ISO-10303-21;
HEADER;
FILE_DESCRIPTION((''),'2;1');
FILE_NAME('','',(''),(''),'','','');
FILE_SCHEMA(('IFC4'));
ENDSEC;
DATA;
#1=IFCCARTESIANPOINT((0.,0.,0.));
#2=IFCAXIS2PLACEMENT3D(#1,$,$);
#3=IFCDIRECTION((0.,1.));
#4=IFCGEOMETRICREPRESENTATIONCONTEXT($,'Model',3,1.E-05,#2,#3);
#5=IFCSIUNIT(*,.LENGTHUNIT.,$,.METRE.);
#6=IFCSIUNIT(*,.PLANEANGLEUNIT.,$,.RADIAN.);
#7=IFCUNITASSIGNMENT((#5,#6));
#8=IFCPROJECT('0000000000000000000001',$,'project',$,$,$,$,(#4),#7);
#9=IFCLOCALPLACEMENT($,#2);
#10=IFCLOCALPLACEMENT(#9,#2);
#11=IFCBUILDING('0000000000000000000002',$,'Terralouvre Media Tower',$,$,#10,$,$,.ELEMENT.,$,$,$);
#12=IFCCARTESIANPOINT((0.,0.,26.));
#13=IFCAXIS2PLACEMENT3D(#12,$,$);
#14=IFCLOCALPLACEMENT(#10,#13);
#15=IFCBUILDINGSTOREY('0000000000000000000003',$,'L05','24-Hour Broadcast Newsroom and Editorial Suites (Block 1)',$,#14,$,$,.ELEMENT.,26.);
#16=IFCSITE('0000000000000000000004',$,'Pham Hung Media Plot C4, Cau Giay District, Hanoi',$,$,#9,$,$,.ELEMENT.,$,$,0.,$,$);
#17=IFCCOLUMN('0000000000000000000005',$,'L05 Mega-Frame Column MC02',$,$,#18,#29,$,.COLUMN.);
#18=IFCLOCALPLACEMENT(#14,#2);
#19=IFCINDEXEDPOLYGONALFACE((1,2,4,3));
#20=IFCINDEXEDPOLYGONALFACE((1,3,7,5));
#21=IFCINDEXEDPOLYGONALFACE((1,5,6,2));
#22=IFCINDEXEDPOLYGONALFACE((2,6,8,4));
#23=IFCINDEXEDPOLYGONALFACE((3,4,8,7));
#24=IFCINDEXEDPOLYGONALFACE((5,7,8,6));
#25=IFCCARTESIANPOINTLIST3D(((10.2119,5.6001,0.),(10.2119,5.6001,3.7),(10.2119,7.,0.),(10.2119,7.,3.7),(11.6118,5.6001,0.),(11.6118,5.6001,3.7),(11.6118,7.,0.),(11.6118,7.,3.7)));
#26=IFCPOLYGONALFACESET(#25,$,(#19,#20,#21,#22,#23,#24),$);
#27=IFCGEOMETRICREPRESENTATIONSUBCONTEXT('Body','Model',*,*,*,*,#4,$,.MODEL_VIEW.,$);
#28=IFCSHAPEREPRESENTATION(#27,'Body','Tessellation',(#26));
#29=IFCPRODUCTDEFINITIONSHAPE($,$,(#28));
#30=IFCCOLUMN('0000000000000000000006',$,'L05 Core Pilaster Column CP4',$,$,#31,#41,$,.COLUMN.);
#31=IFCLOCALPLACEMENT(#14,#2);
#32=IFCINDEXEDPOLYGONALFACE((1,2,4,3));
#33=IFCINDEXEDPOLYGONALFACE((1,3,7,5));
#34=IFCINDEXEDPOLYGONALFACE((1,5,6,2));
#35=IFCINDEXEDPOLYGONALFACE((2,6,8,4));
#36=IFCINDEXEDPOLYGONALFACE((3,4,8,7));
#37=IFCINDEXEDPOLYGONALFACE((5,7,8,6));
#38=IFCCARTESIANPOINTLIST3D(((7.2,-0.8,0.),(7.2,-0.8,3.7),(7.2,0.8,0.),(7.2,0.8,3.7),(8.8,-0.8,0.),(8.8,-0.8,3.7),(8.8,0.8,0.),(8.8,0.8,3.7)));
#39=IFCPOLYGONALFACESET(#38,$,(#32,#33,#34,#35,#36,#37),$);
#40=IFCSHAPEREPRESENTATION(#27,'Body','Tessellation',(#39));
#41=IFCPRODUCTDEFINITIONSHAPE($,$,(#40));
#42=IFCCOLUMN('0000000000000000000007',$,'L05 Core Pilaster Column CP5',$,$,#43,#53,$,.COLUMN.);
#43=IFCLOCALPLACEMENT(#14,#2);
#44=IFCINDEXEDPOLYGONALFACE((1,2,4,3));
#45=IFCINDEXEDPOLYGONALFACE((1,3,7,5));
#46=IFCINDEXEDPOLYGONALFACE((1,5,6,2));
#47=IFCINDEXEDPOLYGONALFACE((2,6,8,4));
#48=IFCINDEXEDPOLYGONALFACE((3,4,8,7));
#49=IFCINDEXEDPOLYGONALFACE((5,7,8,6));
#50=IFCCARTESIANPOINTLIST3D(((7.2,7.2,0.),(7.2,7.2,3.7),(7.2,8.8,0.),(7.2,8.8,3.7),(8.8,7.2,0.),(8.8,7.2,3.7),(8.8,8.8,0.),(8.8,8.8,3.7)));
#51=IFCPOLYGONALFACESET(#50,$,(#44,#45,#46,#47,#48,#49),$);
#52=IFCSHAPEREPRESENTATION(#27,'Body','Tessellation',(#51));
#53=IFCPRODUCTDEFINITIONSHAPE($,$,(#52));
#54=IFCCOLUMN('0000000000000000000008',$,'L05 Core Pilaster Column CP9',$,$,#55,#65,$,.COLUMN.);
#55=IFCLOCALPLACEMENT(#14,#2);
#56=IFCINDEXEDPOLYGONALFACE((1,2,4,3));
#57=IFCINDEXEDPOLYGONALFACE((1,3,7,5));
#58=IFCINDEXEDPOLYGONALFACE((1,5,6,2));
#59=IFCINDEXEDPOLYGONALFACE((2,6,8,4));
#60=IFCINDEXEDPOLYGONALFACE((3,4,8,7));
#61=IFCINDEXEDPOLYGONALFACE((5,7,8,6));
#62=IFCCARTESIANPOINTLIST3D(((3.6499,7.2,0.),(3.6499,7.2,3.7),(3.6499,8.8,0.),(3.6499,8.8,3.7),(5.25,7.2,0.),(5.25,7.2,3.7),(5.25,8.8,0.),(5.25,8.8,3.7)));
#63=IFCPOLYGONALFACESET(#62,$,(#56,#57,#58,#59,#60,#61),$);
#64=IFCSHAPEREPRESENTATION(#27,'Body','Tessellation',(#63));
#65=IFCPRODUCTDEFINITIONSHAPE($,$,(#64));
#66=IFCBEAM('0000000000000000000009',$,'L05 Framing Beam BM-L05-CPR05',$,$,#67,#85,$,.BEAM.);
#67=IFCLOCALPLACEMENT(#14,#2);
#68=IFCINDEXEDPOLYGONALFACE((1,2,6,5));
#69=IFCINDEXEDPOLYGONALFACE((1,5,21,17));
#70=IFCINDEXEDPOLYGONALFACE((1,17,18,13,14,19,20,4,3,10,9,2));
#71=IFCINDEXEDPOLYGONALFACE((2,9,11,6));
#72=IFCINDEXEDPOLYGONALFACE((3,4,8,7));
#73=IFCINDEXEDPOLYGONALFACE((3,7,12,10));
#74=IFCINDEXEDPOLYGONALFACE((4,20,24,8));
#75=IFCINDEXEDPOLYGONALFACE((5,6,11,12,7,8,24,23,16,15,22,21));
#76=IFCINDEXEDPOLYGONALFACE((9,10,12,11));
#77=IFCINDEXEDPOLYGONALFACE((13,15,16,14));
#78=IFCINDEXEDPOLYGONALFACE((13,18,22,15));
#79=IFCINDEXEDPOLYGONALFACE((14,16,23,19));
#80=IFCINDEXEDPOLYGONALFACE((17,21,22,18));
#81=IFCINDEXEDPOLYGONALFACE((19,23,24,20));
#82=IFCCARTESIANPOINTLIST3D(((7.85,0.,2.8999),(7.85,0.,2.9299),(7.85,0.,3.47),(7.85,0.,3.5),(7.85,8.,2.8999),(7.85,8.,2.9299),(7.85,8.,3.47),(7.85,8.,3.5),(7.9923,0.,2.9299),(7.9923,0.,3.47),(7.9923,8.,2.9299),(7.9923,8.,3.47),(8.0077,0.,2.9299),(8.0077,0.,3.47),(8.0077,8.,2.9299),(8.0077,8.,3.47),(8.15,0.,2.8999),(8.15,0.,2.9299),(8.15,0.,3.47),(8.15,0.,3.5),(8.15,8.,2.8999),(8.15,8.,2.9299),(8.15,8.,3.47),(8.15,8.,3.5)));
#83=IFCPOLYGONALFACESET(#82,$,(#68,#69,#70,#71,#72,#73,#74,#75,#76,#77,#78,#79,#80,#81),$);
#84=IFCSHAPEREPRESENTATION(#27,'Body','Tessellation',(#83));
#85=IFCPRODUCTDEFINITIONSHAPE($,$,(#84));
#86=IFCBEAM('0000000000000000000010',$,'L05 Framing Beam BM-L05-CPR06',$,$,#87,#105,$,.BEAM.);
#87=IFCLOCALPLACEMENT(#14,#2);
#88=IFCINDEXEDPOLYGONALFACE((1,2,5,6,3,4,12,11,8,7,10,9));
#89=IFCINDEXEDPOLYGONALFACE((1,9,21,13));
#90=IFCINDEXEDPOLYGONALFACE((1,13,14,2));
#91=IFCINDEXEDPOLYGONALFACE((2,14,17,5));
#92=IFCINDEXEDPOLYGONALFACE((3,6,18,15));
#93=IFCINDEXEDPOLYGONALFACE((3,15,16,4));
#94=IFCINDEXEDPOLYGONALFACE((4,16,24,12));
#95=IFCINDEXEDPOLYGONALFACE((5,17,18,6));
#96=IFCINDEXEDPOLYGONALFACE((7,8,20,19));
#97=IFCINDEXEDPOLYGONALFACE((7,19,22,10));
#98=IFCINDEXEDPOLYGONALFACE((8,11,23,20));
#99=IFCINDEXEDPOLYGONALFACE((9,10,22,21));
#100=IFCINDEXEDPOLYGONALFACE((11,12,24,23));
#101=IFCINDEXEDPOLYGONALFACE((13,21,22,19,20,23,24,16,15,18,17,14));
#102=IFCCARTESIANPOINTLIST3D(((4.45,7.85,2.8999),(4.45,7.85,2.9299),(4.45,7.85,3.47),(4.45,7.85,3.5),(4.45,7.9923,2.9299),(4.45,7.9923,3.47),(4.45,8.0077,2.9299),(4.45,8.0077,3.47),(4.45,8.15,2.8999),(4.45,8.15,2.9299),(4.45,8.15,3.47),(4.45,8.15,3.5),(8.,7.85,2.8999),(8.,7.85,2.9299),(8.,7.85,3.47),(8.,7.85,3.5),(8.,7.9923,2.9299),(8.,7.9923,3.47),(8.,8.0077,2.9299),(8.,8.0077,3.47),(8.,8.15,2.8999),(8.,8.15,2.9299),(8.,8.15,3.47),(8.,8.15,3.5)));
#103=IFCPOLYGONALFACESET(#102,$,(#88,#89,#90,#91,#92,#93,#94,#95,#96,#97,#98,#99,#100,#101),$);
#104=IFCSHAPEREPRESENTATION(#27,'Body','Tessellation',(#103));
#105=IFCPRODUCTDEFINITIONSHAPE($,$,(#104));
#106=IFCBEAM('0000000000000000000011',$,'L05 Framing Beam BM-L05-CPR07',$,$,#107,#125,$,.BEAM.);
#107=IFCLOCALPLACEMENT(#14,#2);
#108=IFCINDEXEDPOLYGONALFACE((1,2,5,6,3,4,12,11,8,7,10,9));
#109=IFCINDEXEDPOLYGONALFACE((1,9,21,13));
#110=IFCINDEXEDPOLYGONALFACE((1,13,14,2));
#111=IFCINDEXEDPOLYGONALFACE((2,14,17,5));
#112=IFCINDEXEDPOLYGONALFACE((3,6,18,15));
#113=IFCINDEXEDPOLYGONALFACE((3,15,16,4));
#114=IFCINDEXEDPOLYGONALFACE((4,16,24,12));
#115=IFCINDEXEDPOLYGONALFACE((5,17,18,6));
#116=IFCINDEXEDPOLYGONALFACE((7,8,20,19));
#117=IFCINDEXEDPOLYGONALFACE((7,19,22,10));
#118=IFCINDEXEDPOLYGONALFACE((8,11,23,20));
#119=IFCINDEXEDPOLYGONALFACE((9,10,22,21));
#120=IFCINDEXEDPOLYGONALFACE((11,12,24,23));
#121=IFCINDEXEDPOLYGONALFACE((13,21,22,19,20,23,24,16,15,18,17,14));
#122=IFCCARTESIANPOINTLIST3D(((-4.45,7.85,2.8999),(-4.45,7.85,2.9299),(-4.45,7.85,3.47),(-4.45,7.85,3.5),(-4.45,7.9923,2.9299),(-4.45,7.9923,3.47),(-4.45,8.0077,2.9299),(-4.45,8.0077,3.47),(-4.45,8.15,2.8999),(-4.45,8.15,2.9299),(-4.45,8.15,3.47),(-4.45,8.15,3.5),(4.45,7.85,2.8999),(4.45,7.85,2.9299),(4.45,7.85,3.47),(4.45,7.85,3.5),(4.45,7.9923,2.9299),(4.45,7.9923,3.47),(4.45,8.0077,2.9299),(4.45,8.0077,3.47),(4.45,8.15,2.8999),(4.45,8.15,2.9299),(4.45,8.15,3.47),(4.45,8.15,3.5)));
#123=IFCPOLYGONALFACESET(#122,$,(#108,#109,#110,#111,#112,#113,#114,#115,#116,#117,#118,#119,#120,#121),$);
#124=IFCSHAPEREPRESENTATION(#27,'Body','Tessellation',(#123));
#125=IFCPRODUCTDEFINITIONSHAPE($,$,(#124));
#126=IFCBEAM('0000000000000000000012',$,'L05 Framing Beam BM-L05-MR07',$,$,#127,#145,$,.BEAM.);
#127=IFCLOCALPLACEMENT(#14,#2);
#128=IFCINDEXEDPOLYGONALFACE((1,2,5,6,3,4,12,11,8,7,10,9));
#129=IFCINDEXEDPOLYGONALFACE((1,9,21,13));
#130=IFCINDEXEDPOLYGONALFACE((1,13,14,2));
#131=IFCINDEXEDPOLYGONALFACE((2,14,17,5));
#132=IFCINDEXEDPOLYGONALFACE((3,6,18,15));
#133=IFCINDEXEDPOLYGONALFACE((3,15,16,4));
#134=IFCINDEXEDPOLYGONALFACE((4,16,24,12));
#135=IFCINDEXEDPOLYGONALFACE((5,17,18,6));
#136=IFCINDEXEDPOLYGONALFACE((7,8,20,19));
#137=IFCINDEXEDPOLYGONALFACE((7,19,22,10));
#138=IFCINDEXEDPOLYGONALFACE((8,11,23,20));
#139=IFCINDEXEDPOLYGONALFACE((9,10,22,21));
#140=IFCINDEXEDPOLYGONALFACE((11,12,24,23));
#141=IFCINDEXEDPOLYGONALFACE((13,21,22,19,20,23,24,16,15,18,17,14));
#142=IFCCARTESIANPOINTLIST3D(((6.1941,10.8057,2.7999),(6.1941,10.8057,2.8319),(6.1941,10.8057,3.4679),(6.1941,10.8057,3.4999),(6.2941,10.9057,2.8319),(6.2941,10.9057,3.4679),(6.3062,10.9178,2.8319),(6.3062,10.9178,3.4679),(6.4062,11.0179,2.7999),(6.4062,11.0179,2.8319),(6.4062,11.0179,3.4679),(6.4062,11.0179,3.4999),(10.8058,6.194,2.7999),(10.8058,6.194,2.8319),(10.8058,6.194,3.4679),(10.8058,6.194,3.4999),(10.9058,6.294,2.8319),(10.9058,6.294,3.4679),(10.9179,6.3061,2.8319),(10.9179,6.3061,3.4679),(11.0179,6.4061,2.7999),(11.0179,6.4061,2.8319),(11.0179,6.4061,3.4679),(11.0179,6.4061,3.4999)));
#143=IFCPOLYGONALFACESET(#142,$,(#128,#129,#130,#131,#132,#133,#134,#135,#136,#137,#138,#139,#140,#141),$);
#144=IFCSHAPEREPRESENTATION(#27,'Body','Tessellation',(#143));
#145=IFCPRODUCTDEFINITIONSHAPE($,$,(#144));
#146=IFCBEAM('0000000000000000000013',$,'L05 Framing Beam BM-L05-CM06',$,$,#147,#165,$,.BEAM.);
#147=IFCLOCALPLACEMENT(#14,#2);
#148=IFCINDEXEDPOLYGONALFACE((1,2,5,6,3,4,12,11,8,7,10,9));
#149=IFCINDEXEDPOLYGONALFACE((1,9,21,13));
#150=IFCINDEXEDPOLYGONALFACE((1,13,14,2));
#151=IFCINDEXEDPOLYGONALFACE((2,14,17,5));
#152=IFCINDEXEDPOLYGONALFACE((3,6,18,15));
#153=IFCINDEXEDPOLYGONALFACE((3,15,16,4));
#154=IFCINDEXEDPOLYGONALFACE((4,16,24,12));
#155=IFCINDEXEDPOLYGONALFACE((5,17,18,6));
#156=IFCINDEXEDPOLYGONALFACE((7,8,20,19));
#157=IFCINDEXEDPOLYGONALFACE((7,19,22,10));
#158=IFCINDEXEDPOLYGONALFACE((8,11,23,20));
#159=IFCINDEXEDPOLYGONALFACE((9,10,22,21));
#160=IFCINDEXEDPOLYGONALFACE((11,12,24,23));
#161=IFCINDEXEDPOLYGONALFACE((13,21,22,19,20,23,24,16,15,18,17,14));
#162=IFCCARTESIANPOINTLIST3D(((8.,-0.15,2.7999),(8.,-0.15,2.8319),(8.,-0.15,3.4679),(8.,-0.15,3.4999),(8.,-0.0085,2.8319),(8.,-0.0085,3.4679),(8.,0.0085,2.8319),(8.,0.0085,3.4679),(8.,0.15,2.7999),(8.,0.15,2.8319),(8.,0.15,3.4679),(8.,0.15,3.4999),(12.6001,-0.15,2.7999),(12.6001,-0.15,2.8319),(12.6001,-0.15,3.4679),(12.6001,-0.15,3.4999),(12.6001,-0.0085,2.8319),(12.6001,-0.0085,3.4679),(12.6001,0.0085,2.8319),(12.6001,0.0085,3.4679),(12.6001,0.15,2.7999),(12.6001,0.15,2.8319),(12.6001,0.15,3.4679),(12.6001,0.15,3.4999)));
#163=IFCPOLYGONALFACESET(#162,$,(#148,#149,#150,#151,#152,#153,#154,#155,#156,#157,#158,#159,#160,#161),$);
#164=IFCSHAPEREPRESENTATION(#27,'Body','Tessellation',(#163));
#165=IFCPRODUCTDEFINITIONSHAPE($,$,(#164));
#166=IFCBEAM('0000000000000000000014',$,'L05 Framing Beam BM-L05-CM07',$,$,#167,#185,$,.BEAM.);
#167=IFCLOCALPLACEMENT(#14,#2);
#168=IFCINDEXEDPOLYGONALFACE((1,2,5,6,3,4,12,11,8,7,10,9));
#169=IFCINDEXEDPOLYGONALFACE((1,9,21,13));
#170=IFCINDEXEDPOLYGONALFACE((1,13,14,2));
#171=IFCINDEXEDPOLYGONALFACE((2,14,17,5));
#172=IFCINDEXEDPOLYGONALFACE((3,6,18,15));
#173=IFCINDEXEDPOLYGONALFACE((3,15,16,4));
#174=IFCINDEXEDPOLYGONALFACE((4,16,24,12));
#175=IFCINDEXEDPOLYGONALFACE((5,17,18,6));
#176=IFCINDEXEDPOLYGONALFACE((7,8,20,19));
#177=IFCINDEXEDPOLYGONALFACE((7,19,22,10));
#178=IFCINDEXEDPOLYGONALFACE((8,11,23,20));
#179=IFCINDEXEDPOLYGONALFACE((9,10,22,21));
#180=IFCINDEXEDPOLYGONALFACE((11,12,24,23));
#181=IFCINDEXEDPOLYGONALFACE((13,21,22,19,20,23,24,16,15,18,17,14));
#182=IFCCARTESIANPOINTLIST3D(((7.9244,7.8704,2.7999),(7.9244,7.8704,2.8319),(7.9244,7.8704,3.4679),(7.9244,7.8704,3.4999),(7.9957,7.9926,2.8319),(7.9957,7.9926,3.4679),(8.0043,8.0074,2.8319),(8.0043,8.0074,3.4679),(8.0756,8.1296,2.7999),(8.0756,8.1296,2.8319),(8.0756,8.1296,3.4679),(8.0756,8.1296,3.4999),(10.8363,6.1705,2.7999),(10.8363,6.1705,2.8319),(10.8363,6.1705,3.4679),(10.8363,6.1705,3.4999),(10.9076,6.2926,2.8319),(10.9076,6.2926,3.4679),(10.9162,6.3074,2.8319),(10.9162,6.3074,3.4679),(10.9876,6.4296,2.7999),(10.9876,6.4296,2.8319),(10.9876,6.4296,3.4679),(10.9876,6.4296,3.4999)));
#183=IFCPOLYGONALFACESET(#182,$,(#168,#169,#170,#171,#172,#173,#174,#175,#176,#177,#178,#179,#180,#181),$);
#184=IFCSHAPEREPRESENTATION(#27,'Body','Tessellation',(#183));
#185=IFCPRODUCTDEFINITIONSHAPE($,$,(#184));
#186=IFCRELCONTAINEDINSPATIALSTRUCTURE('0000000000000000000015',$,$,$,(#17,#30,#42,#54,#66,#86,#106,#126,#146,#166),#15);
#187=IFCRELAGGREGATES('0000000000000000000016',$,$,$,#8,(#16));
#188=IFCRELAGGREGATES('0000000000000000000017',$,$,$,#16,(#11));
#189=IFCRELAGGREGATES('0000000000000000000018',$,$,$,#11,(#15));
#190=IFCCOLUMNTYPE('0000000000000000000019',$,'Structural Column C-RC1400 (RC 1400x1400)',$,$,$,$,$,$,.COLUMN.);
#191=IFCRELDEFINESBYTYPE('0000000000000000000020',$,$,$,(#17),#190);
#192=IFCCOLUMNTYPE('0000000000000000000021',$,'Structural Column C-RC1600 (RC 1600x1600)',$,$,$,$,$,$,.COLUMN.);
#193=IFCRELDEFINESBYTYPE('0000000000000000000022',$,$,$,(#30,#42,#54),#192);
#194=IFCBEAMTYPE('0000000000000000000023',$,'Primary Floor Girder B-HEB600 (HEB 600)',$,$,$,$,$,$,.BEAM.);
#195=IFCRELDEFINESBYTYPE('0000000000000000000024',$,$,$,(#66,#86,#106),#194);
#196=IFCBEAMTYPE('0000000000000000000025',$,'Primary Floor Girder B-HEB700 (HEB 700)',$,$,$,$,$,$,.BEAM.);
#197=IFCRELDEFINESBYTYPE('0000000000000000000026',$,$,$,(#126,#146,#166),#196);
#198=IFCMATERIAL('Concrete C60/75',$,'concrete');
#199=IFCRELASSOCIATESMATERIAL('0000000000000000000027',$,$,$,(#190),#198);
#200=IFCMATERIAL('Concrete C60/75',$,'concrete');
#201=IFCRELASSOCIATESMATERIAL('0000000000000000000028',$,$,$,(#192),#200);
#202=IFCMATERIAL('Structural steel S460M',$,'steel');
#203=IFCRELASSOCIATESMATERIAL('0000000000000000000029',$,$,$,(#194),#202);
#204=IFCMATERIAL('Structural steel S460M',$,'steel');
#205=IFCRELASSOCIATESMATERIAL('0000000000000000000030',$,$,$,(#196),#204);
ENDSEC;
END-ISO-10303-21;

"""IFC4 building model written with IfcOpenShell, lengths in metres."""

from ifc_helpers import new_model, si_unit, direction, frame, origin, origin_2d, place, context, subcontext, project, spatial, rectangle, i_section, extrude, material, material_profile, profile_set, type_object, element, save


model = new_model("IFC4")

# Units and contexts
model_context = context("Model", 3, precision=1e-05, world=origin(), true_north=direction((0.0, 1.0)))
body_context = subcontext(model_context, "Body", "Model", "MODEL_VIEW")
ifc_project = project(units=[si_unit("LENGTHUNIT", "METRE"), si_unit("PLANEANGLEUNIT", "RADIAN")], contexts=[model_context])

# Site, building, storey
site_placement = place(None, origin())
site = spatial("IfcSite", under=ifc_project, at=site_placement, Name="Pham Hung Media Plot C4, Cau Giay District, Hanoi", CompositionType="ELEMENT", RefElevation=0.0)
building_placement = place(site_placement, origin())
building = spatial("IfcBuilding", under=site, at=building_placement, Name="Terralouvre Media Tower", CompositionType="ELEMENT")
storey_placement = place(building_placement, frame((0.0, 0.0, 26.0)))
storey = spatial("IfcBuildingStorey", under=building, at=storey_placement, Name="L05", Description="24-Hour Broadcast Newsroom and Editorial Suites (Block 1)", CompositionType="ELEMENT", Elevation=26.0)

# Columns
ifc_material_1 = material(Name="Concrete C60/75", Category="concrete")
ifc_material_profile_1 = material_profile(ifc_material_1, rectangle(XDim=1.3999, YDim=1.3999, at=origin_2d()), Name="RC 1400x1400")
ifc_profile_set_1 = profile_set([ifc_material_profile_1], Name="Concrete C60/75")
column_type_1 = type_object("IfcColumnType", Name="Structural Column C-RC1400 (RC 1400x1400)", PredefinedType="COLUMN", material=ifc_profile_set_1)
column_placement = place(storey_placement, frame((10.9119, 6.3, 0.0), z_axis=(0.0, 0.0, 1.0), x_axis=(1.0, 0.0, 0.0)))
element("IfcColumn", 1, at=column_placement, inside=storey, type_object=column_type_1, Name="L05 Mega-Frame Column MC02", PredefinedType="COLUMN", context=body_context, shape_type="SweptSolid", body=[
    extrude(rectangle(XDim=1.3999, YDim=1.3999, at=origin_2d()), origin(), (0.0, 0.0, 1.0), 3.7),
])
ifc_material_2 = material(Name="Concrete C60/75", Category="concrete")
ifc_material_profile_2 = material_profile(ifc_material_2, rectangle(XDim=1.6001, YDim=1.6001, at=origin_2d()), Name="RC 1600x1600")
ifc_profile_set_2 = profile_set([ifc_material_profile_2], Name="Concrete C60/75")
column_type_2 = type_object("IfcColumnType", Name="Structural Column C-RC1600 (RC 1600x1600)", PredefinedType="COLUMN", material=ifc_profile_set_2)
for number, where, z_axis, x_axis, name in (
    (2, (8.0, 0.0, 0.0), (0.0, 0.0, 1.0), (1.0, 0.0, 0.0), "L05 Core Pilaster Column CP4"),
    (3, (8.0, 8.0, 0.0), (0.0, 0.0, 1.0), (1.0, 0.0, 0.0), "L05 Core Pilaster Column CP5"),
    (4, (4.45, 8.0, 0.0), (0.0, 0.0, 1.0), (1.0, 0.0, 0.0), "L05 Core Pilaster Column CP9"),
):
    element("IfcColumn", number, at=place(storey_placement, frame(where, z_axis=z_axis, x_axis=x_axis)), inside=storey, type_object=column_type_2, Name=name, PredefinedType="COLUMN", context=body_context, shape_type="SweptSolid", body=[
        extrude(rectangle(XDim=1.6001, YDim=1.6001, at=origin_2d()), origin(), (0.0, 0.0, 1.0), 3.7),
    ])

# Beams
ifc_material_3 = material(Name="Structural steel S460M", Category="steel")
ifc_material_profile_3 = material_profile(ifc_material_3, i_section(OverallWidth=0.3, OverallDepth=0.6001, WebThickness=0.0154, FlangeThickness=0.03, at=origin_2d()), Name="HEB 600")
ifc_profile_set_3 = profile_set([ifc_material_profile_3], Name="Structural steel S460M")
beam_type_1 = type_object("IfcBeamType", Name="Primary Floor Girder B-HEB600 (HEB 600)", PredefinedType="BEAM", material=ifc_profile_set_3)
beam_1_placement = place(storey_placement, frame((8.0, 0.0, 3.2), z_axis=(0.0, 1.0, 0.0), x_axis=(-1.0, 0.0, 0.0)))
element("IfcBeam", 5, at=beam_1_placement, inside=storey, type_object=beam_type_1, Name="L05 Framing Beam BM-L05-CPR05", PredefinedType="BEAM", context=body_context, shape_type="SweptSolid", body=[
    extrude(i_section(OverallWidth=0.3, OverallDepth=0.6001, WebThickness=0.0154, FlangeThickness=0.03, at=origin_2d()), origin(), (0.0, 0.0, 1.0), 8.0),
])
beam_2_placement = place(storey_placement, frame((8.0, 8.0, 3.2), z_axis=(-1.0, 0.0, 0.0), x_axis=(0.0, -1.0, 0.0)))
element("IfcBeam", 6, at=beam_2_placement, inside=storey, type_object=beam_type_1, Name="L05 Framing Beam BM-L05-CPR06", PredefinedType="BEAM", context=body_context, shape_type="SweptSolid", body=[
    extrude(i_section(OverallWidth=0.3, OverallDepth=0.6001, WebThickness=0.0154, FlangeThickness=0.03, at=origin_2d()), origin(), (0.0, 0.0, 1.0), 3.55),
])
beam_3_placement = place(storey_placement, frame((4.45, 8.0, 3.2), z_axis=(-1.0, 0.0, 0.0), x_axis=(0.0, -1.0, 0.0)))
element("IfcBeam", 7, at=beam_3_placement, inside=storey, type_object=beam_type_1, Name="L05 Framing Beam BM-L05-CPR07", PredefinedType="BEAM", context=body_context, shape_type="SweptSolid", body=[
    extrude(i_section(OverallWidth=0.3, OverallDepth=0.6001, WebThickness=0.0154, FlangeThickness=0.03, at=origin_2d()), origin(), (0.0, 0.0, 1.0), 8.8999),
])
ifc_material_4 = material(Name="Structural steel S460M", Category="steel")
ifc_material_profile_4 = material_profile(ifc_material_4, i_section(OverallWidth=0.3, OverallDepth=0.7, WebThickness=0.0171, FlangeThickness=0.032, at=origin_2d()), Name="HEB 700")
ifc_profile_set_4 = profile_set([ifc_material_profile_4], Name="Structural steel S460M")
beam_type_2 = type_object("IfcBeamType", Name="Primary Floor Girder B-HEB700 (HEB 700)", PredefinedType="BEAM", material=ifc_profile_set_4)
beam_4_placement = place(storey_placement, frame((10.9119, 6.3, 3.1499), z_axis=(-0.707107, 0.707107, 0.0), x_axis=(-0.707107, -0.707107, 0.0)))
element("IfcBeam", 8, at=beam_4_placement, inside=storey, type_object=beam_type_2, Name="L05 Framing Beam BM-L05-MR07", PredefinedType="BEAM", context=body_context, shape_type="SweptSolid", body=[
    extrude(i_section(OverallWidth=0.3, OverallDepth=0.7, WebThickness=0.0171, FlangeThickness=0.032, at=origin_2d()), origin(), (0.0, 0.0, 1.0), 6.522),
])
beam_5_placement = place(storey_placement, frame((8.0, 0.0, 3.1499), z_axis=(1.0, 0.0, 0.0), x_axis=(0.0, 1.0, 0.0)))
element("IfcBeam", 9, at=beam_5_placement, inside=storey, type_object=beam_type_2, Name="L05 Framing Beam BM-L05-CM06", PredefinedType="BEAM", context=body_context, shape_type="SweptSolid", body=[
    extrude(i_section(OverallWidth=0.3, OverallDepth=0.7, WebThickness=0.0171, FlangeThickness=0.032, at=origin_2d()), origin(), (0.0, 0.0, 1.0), 4.6001),
])
for number, where, z_axis, x_axis, name in (
    (10, (8.0, 8.0, 3.1499), (0.863603, -0.504173, 0.0), (0.504173, 0.863603, 0.0), "L05 Framing Beam BM-L05-CM07"),
):
    element("IfcBeam", number, at=place(storey_placement, frame(where, z_axis=z_axis, x_axis=x_axis)), inside=storey, type_object=beam_type_2, Name=name, PredefinedType="BEAM", context=body_context, shape_type="SweptSolid", body=[
        extrude(i_section(OverallWidth=0.3, OverallDepth=0.7, WebThickness=0.0171, FlangeThickness=0.032, at=origin_2d()), origin(), (0.0, 0.0, 1.0), 3.3718),
    ])

save(model, "model.ifc")
